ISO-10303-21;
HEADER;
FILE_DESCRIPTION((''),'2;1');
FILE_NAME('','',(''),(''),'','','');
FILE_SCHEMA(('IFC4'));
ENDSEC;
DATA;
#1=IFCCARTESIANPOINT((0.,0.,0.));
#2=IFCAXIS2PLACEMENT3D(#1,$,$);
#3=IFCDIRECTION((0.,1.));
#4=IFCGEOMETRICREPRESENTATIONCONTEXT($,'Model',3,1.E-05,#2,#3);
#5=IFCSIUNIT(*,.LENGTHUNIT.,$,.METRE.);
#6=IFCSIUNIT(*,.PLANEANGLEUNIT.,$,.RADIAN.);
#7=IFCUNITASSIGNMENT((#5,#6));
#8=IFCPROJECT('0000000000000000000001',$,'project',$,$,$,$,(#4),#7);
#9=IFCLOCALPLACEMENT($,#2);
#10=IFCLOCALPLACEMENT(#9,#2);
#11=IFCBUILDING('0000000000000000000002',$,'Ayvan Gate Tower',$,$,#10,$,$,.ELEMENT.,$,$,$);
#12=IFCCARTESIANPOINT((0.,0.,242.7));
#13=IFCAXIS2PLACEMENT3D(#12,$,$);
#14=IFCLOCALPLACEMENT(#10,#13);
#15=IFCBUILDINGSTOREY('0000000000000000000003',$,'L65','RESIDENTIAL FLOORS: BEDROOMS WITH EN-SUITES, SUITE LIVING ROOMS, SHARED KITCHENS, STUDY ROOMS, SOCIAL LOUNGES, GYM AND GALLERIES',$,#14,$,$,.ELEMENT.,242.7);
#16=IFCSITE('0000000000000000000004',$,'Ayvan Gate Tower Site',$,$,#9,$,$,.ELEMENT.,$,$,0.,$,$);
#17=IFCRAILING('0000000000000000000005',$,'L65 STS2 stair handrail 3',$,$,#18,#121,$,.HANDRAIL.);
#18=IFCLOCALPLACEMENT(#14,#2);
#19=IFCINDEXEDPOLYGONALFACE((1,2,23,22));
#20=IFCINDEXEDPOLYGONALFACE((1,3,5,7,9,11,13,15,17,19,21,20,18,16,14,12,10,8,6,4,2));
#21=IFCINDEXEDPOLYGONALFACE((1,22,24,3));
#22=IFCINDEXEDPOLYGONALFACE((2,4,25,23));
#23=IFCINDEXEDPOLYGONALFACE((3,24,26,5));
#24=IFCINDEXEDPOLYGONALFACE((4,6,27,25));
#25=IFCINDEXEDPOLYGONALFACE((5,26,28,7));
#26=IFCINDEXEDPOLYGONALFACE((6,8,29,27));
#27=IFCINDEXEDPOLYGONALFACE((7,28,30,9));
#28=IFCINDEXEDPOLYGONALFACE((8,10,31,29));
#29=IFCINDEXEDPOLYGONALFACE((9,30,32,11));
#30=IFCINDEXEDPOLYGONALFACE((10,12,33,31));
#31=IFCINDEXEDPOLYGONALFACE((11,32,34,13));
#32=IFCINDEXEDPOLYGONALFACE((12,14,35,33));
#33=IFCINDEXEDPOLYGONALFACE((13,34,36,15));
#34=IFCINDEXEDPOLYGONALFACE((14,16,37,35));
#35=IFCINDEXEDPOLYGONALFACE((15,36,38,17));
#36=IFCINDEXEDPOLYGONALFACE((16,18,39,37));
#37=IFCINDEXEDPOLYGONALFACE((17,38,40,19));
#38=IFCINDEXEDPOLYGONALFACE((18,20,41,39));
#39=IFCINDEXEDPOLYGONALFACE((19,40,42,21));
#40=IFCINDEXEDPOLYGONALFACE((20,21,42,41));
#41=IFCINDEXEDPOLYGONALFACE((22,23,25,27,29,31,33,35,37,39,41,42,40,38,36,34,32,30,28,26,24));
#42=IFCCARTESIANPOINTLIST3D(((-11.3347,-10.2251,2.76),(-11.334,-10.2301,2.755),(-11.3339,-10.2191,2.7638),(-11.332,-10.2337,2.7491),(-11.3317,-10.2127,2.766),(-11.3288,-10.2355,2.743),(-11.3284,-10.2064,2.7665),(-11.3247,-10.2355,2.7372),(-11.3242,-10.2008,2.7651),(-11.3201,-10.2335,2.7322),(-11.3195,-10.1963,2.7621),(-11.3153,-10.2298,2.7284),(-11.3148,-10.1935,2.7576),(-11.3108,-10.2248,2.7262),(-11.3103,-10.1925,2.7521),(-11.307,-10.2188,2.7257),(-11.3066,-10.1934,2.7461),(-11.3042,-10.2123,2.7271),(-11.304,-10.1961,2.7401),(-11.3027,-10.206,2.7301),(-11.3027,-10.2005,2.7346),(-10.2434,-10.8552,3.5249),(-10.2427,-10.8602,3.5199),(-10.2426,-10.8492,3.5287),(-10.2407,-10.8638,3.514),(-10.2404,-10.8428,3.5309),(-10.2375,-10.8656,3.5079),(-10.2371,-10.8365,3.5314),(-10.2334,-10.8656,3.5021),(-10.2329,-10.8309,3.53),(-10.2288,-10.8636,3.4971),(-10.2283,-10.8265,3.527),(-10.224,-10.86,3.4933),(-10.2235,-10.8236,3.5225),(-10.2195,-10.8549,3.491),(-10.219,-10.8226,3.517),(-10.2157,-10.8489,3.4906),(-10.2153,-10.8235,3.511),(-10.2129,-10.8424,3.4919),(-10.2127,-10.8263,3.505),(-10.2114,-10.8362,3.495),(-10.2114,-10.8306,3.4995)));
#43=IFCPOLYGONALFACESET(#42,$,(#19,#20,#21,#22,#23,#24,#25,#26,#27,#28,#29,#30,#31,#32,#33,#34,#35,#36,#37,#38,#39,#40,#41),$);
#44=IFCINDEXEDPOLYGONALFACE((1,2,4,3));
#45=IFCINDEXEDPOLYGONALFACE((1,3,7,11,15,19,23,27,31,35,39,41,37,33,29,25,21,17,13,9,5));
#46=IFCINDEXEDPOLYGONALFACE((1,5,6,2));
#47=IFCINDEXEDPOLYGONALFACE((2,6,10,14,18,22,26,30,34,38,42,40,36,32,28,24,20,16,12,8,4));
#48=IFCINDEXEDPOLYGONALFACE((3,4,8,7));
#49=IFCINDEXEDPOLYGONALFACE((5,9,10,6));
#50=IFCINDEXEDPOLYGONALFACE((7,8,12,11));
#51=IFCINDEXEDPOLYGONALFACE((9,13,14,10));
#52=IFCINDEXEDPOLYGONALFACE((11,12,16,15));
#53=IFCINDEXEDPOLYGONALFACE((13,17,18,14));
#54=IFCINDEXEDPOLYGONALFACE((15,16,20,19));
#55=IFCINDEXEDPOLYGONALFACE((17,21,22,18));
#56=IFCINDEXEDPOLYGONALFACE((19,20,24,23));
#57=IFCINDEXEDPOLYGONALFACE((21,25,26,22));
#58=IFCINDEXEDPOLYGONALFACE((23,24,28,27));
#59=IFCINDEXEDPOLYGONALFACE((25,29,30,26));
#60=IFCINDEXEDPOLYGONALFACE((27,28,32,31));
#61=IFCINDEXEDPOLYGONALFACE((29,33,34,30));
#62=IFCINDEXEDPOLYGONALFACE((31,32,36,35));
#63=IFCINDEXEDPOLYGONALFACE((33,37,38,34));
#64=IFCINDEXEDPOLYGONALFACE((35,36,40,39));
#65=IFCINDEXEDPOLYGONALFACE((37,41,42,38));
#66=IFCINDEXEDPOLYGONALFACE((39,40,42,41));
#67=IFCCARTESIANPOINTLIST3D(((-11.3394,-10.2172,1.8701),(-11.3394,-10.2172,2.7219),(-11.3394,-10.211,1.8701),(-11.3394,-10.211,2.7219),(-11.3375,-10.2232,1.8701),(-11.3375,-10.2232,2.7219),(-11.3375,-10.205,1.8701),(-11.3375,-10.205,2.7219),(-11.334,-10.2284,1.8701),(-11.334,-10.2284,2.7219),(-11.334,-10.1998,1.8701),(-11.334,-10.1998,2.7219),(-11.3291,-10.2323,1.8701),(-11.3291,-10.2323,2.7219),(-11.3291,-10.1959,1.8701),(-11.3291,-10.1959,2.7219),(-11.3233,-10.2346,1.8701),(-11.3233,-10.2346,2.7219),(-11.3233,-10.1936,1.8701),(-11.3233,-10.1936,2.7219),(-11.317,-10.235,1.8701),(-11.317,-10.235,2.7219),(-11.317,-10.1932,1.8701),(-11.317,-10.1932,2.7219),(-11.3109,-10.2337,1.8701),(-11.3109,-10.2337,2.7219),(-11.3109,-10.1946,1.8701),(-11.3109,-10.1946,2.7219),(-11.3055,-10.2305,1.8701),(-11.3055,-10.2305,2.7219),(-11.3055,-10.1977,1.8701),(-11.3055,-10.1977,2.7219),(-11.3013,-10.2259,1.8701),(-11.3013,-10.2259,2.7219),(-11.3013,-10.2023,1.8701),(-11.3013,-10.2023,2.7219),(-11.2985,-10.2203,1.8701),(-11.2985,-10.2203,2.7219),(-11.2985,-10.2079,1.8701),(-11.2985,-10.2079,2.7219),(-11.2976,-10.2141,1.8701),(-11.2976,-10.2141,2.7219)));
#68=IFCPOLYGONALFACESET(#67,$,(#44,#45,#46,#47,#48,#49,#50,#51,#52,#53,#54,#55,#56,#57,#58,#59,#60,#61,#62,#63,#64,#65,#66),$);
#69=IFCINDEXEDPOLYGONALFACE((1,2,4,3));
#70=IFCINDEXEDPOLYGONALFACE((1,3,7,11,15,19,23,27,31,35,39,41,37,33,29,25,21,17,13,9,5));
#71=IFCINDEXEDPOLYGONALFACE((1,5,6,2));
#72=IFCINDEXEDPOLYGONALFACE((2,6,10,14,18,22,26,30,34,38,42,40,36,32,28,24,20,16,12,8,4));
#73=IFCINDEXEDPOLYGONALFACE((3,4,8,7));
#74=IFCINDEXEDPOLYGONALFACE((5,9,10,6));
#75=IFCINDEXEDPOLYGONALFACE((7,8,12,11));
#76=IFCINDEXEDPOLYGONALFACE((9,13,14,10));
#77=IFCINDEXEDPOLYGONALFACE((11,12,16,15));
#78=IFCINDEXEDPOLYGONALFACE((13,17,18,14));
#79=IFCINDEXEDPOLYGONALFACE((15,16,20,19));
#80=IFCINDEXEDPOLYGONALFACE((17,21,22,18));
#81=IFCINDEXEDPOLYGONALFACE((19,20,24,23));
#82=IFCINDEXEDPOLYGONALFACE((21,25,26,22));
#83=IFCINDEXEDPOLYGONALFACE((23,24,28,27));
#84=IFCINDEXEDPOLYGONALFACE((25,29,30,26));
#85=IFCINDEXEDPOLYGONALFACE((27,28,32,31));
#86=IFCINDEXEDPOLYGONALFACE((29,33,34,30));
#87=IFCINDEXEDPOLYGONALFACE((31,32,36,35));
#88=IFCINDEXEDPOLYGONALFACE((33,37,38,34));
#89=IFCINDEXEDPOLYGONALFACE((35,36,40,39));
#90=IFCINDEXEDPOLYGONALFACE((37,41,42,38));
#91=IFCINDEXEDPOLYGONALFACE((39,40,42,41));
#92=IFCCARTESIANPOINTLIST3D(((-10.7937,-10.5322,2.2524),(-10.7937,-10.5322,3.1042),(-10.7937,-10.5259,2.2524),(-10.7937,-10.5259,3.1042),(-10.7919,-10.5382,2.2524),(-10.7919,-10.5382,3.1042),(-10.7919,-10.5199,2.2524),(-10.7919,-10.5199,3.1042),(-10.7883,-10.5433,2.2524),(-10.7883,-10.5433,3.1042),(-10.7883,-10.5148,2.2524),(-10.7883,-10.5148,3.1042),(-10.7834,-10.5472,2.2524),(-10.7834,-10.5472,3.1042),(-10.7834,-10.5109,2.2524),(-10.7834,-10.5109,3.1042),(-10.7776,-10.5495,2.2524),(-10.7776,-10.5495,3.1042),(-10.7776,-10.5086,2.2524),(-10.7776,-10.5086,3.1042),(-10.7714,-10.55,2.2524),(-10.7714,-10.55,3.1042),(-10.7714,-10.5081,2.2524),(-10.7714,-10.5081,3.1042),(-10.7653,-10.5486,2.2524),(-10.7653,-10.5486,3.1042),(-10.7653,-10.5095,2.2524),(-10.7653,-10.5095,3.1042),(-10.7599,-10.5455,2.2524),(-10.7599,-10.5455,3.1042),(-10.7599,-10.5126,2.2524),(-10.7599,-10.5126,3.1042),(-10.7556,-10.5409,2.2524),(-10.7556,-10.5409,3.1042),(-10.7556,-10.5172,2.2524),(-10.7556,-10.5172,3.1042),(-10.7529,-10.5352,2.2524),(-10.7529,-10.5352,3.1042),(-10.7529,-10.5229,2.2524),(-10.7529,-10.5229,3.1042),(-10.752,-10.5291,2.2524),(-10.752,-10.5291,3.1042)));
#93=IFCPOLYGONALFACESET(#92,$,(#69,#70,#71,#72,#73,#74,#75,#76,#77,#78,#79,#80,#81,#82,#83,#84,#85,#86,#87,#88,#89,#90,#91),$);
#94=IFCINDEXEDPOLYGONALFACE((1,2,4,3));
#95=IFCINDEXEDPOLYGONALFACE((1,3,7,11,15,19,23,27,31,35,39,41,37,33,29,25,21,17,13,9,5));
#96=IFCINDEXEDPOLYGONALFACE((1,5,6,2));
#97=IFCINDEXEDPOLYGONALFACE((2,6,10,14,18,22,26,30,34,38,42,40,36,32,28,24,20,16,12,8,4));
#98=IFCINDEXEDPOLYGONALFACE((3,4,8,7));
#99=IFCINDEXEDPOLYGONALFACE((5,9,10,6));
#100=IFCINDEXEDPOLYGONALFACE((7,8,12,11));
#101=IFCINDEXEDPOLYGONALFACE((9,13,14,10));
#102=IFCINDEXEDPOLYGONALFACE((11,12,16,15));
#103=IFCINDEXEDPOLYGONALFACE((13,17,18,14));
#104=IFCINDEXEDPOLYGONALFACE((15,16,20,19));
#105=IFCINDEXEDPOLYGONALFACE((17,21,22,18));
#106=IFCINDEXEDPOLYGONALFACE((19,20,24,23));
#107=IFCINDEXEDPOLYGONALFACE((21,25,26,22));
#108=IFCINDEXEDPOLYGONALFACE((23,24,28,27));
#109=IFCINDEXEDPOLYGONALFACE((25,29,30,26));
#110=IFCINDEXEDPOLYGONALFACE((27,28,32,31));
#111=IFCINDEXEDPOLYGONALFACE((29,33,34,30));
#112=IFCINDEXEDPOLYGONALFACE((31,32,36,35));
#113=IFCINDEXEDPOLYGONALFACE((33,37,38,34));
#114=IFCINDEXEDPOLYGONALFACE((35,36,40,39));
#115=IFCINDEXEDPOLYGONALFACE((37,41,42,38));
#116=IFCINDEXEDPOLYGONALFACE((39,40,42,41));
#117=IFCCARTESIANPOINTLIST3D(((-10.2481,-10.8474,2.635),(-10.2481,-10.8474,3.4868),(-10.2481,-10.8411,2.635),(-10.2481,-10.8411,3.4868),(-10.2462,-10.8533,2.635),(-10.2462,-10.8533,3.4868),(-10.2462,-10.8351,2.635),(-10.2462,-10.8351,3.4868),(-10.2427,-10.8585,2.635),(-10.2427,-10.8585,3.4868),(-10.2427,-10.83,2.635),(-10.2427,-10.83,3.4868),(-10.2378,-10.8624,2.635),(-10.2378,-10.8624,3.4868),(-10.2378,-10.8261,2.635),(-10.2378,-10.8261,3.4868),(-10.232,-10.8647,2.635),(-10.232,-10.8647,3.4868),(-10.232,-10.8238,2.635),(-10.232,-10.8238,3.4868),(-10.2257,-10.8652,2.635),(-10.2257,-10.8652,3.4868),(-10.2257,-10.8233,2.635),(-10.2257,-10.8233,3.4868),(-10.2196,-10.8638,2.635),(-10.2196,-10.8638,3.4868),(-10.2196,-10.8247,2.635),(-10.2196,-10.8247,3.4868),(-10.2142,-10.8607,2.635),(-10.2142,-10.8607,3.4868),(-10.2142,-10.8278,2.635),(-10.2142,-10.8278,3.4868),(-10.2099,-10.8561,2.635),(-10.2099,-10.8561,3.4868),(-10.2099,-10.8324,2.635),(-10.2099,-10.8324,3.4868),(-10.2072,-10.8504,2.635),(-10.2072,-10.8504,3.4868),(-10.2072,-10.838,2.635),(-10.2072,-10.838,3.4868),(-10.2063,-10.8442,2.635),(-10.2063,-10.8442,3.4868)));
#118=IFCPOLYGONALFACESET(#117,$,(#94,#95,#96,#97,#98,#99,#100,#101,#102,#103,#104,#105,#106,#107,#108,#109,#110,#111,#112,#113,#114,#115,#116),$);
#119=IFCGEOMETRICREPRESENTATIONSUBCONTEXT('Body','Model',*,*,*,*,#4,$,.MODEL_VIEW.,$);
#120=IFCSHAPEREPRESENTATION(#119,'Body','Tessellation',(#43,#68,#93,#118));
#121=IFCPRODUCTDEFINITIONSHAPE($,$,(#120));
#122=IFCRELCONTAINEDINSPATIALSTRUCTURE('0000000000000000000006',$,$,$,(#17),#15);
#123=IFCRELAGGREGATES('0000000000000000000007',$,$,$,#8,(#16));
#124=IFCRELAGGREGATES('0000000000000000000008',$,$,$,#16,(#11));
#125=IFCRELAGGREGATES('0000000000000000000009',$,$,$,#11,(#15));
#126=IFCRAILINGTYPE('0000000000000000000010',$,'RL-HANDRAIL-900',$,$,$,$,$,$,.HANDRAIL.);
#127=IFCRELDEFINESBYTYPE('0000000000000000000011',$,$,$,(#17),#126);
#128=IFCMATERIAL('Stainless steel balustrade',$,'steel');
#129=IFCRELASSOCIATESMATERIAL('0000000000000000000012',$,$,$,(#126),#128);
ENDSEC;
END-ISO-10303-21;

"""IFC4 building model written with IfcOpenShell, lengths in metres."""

from ifc_helpers import new_model, si_unit, direction, frame, origin, origin_2d, place, context, subcontext, project, spatial, circle, extrude, material, type_object, element, save


model = new_model("IFC4")

# Units and contexts
model_context = context("Model", 3, precision=1e-05, world=origin(), true_north=direction((0.0, 1.0)))
body_context = subcontext(model_context, "Body", "Model", "MODEL_VIEW")
ifc_project = project(units=[si_unit("LENGTHUNIT", "METRE"), si_unit("PLANEANGLEUNIT", "RADIAN")], contexts=[model_context])

# Site, building, storey
site_placement = place(None, origin())
site = spatial("IfcSite", under=ifc_project, at=site_placement, Name="Ayvan Gate Tower Site", CompositionType="ELEMENT", RefElevation=0.0)
building_placement = place(site_placement, origin())
building = spatial("IfcBuilding", under=site, at=building_placement, Name="Ayvan Gate Tower", CompositionType="ELEMENT")
storey_placement = place(building_placement, frame((0.0, 0.0, 242.7)))
storey = spatial("IfcBuildingStorey", under=building, at=storey_placement, Name="L65", Description="RESIDENTIAL FLOORS: BEDROOMS WITH EN-SUITES, SUITE LIVING ROOMS, SHARED KITCHENS, STUDY ROOMS, SOCIAL LOUNGES, GYM AND GALLERIES", CompositionType="ELEMENT", Elevation=242.7)

# Railing
ifc_material_1 = material(Name="Stainless steel balustrade", Category="steel")
railing_type_1 = type_object("IfcRailingType", Name="RL-HANDRAIL-900", PredefinedType="HANDRAIL", material=ifc_material_1)
railing_1_placement = place(storey_placement, frame((-11.3186, -10.2141, 1.8701)))
element("IfcRailing", 1, at=railing_1_placement, inside=storey, type_object=railing_type_1, Name="L65 STS2 stair handrail 3", PredefinedType="HANDRAIL", context=body_context, shape_type="SweptSolid", body=[
    extrude(circle(Radius=0.0239, at=origin_2d()), frame((0.0, 0.0, 0.876), z_axis=(0.740304, -0.427455, 0.518875), x_axis=(0.500035, 0.866005, 0.0)), (0.0, 0.0, 1.0), 1.4741),
    extrude(circle(Radius=0.021, at=origin_2d()), origin(), (0.0, 0.0, 1.0), 0.8518),
    extrude(circle(Radius=0.021, at=origin_2d()), frame((0.5457, -0.3149, 0.3823)), (0.0, 0.0, 1.0), 0.8518),
    extrude(circle(Radius=0.021, at=origin_2d()), frame((1.0913, -0.6301, 0.7649)), (0.0, 0.0, 1.0), 0.8518),
])

save(model, "model.ifc")
